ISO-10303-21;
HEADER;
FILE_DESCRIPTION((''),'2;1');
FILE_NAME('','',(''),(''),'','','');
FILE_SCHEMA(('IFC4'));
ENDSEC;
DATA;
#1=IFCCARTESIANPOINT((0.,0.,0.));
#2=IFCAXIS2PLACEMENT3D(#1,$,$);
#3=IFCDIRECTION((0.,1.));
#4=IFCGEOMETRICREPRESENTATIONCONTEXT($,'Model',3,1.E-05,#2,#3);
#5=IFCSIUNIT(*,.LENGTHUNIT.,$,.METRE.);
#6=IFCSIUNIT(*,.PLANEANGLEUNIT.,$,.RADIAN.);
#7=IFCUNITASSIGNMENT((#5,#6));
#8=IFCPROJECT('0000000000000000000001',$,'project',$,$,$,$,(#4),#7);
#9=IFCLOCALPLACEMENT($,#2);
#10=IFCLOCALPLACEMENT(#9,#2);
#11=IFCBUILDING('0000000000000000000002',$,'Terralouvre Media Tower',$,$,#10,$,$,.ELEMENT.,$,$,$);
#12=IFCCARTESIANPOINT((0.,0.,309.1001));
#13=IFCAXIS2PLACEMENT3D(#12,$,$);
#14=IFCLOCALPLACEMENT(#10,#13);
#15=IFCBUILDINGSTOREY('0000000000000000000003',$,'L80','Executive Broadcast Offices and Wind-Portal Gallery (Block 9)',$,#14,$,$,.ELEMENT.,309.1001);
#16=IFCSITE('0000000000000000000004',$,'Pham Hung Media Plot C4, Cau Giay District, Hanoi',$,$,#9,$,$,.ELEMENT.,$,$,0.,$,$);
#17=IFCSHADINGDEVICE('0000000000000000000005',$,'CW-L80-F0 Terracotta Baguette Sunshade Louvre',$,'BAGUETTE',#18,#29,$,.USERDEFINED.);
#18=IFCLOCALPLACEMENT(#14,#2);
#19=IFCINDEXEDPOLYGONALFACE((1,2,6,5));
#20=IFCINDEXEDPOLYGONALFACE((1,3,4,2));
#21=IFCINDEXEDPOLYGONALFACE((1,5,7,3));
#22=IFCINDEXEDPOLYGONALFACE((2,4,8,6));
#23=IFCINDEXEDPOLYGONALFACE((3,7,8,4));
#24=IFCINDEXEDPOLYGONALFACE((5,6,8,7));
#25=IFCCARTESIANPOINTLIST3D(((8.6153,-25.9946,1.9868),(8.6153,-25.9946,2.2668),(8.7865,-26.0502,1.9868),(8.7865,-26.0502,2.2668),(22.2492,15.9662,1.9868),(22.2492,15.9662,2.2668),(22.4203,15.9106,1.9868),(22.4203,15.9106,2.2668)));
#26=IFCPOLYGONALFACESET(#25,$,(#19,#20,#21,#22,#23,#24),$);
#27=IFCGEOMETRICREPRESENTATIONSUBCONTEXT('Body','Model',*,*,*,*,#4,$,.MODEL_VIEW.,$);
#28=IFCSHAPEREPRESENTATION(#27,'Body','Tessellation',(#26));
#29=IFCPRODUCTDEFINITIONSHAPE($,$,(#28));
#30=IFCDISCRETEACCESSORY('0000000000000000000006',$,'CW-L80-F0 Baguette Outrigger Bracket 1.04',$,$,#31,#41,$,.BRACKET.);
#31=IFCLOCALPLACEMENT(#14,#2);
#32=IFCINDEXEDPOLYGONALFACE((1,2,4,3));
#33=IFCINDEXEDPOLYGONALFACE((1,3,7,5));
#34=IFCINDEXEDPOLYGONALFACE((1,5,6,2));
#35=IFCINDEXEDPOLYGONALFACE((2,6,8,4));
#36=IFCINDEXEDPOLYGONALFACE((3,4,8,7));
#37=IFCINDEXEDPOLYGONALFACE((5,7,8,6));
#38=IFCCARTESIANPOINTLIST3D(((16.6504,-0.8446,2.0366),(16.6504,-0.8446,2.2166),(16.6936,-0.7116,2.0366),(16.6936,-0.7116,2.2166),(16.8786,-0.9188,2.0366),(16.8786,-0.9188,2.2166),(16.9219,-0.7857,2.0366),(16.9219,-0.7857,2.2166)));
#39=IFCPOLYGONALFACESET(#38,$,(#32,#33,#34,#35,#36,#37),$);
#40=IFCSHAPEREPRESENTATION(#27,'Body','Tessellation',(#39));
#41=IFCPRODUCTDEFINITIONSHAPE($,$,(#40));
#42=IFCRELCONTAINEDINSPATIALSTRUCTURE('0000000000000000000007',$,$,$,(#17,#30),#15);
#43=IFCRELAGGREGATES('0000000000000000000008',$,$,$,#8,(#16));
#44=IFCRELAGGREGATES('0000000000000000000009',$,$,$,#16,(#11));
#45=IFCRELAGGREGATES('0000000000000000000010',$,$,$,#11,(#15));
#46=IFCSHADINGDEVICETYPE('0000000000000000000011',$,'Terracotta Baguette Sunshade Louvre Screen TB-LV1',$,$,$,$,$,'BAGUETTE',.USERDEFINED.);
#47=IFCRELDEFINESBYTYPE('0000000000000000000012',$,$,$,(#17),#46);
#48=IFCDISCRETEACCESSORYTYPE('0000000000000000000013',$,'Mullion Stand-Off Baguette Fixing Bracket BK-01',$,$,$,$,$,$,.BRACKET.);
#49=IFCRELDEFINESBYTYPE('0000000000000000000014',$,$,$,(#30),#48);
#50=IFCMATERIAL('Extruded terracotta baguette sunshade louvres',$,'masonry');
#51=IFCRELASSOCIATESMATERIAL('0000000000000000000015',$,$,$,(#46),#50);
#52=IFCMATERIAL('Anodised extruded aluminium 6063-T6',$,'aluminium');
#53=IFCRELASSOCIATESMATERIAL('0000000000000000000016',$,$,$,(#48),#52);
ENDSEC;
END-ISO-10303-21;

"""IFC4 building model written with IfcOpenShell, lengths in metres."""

from ifc_helpers import new_model, si_unit, direction, frame, origin, origin_2d, place, context, subcontext, project, spatial, rectangle, extrude, material, type_object, element, save


model = new_model("IFC4")

# Units and contexts
model_context = context("Model", 3, precision=1e-05, world=origin(), true_north=direction((0.0, 1.0)))
body_context = subcontext(model_context, "Body", "Model", "MODEL_VIEW")
ifc_project = project(units=[si_unit("LENGTHUNIT", "METRE"), si_unit("PLANEANGLEUNIT", "RADIAN")], contexts=[model_context])

# Site, building, storey
site_placement = place(None, origin())
site = spatial("IfcSite", under=ifc_project, at=site_placement, Name="Pham Hung Media Plot C4, Cau Giay District, Hanoi", CompositionType="ELEMENT", RefElevation=0.0)
building_placement = place(site_placement, origin())
building = spatial("IfcBuilding", under=site, at=building_placement, Name="Terralouvre Media Tower", CompositionType="ELEMENT")
storey_placement = place(building_placement, frame((0.0, 0.0, 309.1001)))
storey = spatial("IfcBuildingStorey", under=building, at=storey_placement, Name="L80", Description="Executive Broadcast Offices and Wind-Portal Gallery (Block 9)", CompositionType="ELEMENT", Elevation=309.1001)

# Shading device
ifc_material_1 = material(Name="Extruded terracotta baguette sunshade louvres", Category="masonry")
shading_device_type = type_object("IfcShadingDeviceType", Name="Terracotta Baguette Sunshade Louvre Screen TB-LV1", ElementType="BAGUETTE", PredefinedType="USERDEFINED", material=ifc_material_1)
shading_device_placement = place(storey_placement, frame((15.5178, -5.042, 1.9868), z_axis=(0.0, 0.0, 1.0), x_axis=(0.309017, 0.951057, 0.0)))
element("IfcShadingDevice", 1, at=shading_device_placement, inside=storey, type_object=shading_device_type, Name="CW-L80-F0 Terracotta Baguette Sunshade Louvre", ObjectType="BAGUETTE", PredefinedType="USERDEFINED", context=body_context, shape_type="SweptSolid", body=[
    extrude(rectangle(XDim=44.1201, YDim=0.1799, at=origin_2d()), origin(), (0.0, 0.0, 1.0), 0.28),
])

# Discrete accessory
ifc_material_2 = material(Name="Anodised extruded aluminium 6063-T6", Category="aluminium")
discrete_accessory_type = type_object("IfcDiscreteAccessoryType", Name="Mullion Stand-Off Baguette Fixing Bracket BK-01", PredefinedType="BRACKET", material=ifc_material_2)
discrete_accessory_placement = place(storey_placement, frame((16.7861, -0.8152, 2.0366), z_axis=(0.0, 0.0, 1.0), x_axis=(0.309017, 0.951057, 0.0)))
element("IfcDiscreteAccessory", 2, at=discrete_accessory_placement, inside=storey, type_object=discrete_accessory_type, Name="CW-L80-F0 Baguette Outrigger Bracket 1.04", PredefinedType="BRACKET", context=body_context, shape_type="SweptSolid", body=[
    extrude(rectangle(XDim=0.1399, YDim=0.24, at=origin_2d()), origin(), (0.0, 0.0, 1.0), 0.1799),
])

save(model, "model.ifc")
